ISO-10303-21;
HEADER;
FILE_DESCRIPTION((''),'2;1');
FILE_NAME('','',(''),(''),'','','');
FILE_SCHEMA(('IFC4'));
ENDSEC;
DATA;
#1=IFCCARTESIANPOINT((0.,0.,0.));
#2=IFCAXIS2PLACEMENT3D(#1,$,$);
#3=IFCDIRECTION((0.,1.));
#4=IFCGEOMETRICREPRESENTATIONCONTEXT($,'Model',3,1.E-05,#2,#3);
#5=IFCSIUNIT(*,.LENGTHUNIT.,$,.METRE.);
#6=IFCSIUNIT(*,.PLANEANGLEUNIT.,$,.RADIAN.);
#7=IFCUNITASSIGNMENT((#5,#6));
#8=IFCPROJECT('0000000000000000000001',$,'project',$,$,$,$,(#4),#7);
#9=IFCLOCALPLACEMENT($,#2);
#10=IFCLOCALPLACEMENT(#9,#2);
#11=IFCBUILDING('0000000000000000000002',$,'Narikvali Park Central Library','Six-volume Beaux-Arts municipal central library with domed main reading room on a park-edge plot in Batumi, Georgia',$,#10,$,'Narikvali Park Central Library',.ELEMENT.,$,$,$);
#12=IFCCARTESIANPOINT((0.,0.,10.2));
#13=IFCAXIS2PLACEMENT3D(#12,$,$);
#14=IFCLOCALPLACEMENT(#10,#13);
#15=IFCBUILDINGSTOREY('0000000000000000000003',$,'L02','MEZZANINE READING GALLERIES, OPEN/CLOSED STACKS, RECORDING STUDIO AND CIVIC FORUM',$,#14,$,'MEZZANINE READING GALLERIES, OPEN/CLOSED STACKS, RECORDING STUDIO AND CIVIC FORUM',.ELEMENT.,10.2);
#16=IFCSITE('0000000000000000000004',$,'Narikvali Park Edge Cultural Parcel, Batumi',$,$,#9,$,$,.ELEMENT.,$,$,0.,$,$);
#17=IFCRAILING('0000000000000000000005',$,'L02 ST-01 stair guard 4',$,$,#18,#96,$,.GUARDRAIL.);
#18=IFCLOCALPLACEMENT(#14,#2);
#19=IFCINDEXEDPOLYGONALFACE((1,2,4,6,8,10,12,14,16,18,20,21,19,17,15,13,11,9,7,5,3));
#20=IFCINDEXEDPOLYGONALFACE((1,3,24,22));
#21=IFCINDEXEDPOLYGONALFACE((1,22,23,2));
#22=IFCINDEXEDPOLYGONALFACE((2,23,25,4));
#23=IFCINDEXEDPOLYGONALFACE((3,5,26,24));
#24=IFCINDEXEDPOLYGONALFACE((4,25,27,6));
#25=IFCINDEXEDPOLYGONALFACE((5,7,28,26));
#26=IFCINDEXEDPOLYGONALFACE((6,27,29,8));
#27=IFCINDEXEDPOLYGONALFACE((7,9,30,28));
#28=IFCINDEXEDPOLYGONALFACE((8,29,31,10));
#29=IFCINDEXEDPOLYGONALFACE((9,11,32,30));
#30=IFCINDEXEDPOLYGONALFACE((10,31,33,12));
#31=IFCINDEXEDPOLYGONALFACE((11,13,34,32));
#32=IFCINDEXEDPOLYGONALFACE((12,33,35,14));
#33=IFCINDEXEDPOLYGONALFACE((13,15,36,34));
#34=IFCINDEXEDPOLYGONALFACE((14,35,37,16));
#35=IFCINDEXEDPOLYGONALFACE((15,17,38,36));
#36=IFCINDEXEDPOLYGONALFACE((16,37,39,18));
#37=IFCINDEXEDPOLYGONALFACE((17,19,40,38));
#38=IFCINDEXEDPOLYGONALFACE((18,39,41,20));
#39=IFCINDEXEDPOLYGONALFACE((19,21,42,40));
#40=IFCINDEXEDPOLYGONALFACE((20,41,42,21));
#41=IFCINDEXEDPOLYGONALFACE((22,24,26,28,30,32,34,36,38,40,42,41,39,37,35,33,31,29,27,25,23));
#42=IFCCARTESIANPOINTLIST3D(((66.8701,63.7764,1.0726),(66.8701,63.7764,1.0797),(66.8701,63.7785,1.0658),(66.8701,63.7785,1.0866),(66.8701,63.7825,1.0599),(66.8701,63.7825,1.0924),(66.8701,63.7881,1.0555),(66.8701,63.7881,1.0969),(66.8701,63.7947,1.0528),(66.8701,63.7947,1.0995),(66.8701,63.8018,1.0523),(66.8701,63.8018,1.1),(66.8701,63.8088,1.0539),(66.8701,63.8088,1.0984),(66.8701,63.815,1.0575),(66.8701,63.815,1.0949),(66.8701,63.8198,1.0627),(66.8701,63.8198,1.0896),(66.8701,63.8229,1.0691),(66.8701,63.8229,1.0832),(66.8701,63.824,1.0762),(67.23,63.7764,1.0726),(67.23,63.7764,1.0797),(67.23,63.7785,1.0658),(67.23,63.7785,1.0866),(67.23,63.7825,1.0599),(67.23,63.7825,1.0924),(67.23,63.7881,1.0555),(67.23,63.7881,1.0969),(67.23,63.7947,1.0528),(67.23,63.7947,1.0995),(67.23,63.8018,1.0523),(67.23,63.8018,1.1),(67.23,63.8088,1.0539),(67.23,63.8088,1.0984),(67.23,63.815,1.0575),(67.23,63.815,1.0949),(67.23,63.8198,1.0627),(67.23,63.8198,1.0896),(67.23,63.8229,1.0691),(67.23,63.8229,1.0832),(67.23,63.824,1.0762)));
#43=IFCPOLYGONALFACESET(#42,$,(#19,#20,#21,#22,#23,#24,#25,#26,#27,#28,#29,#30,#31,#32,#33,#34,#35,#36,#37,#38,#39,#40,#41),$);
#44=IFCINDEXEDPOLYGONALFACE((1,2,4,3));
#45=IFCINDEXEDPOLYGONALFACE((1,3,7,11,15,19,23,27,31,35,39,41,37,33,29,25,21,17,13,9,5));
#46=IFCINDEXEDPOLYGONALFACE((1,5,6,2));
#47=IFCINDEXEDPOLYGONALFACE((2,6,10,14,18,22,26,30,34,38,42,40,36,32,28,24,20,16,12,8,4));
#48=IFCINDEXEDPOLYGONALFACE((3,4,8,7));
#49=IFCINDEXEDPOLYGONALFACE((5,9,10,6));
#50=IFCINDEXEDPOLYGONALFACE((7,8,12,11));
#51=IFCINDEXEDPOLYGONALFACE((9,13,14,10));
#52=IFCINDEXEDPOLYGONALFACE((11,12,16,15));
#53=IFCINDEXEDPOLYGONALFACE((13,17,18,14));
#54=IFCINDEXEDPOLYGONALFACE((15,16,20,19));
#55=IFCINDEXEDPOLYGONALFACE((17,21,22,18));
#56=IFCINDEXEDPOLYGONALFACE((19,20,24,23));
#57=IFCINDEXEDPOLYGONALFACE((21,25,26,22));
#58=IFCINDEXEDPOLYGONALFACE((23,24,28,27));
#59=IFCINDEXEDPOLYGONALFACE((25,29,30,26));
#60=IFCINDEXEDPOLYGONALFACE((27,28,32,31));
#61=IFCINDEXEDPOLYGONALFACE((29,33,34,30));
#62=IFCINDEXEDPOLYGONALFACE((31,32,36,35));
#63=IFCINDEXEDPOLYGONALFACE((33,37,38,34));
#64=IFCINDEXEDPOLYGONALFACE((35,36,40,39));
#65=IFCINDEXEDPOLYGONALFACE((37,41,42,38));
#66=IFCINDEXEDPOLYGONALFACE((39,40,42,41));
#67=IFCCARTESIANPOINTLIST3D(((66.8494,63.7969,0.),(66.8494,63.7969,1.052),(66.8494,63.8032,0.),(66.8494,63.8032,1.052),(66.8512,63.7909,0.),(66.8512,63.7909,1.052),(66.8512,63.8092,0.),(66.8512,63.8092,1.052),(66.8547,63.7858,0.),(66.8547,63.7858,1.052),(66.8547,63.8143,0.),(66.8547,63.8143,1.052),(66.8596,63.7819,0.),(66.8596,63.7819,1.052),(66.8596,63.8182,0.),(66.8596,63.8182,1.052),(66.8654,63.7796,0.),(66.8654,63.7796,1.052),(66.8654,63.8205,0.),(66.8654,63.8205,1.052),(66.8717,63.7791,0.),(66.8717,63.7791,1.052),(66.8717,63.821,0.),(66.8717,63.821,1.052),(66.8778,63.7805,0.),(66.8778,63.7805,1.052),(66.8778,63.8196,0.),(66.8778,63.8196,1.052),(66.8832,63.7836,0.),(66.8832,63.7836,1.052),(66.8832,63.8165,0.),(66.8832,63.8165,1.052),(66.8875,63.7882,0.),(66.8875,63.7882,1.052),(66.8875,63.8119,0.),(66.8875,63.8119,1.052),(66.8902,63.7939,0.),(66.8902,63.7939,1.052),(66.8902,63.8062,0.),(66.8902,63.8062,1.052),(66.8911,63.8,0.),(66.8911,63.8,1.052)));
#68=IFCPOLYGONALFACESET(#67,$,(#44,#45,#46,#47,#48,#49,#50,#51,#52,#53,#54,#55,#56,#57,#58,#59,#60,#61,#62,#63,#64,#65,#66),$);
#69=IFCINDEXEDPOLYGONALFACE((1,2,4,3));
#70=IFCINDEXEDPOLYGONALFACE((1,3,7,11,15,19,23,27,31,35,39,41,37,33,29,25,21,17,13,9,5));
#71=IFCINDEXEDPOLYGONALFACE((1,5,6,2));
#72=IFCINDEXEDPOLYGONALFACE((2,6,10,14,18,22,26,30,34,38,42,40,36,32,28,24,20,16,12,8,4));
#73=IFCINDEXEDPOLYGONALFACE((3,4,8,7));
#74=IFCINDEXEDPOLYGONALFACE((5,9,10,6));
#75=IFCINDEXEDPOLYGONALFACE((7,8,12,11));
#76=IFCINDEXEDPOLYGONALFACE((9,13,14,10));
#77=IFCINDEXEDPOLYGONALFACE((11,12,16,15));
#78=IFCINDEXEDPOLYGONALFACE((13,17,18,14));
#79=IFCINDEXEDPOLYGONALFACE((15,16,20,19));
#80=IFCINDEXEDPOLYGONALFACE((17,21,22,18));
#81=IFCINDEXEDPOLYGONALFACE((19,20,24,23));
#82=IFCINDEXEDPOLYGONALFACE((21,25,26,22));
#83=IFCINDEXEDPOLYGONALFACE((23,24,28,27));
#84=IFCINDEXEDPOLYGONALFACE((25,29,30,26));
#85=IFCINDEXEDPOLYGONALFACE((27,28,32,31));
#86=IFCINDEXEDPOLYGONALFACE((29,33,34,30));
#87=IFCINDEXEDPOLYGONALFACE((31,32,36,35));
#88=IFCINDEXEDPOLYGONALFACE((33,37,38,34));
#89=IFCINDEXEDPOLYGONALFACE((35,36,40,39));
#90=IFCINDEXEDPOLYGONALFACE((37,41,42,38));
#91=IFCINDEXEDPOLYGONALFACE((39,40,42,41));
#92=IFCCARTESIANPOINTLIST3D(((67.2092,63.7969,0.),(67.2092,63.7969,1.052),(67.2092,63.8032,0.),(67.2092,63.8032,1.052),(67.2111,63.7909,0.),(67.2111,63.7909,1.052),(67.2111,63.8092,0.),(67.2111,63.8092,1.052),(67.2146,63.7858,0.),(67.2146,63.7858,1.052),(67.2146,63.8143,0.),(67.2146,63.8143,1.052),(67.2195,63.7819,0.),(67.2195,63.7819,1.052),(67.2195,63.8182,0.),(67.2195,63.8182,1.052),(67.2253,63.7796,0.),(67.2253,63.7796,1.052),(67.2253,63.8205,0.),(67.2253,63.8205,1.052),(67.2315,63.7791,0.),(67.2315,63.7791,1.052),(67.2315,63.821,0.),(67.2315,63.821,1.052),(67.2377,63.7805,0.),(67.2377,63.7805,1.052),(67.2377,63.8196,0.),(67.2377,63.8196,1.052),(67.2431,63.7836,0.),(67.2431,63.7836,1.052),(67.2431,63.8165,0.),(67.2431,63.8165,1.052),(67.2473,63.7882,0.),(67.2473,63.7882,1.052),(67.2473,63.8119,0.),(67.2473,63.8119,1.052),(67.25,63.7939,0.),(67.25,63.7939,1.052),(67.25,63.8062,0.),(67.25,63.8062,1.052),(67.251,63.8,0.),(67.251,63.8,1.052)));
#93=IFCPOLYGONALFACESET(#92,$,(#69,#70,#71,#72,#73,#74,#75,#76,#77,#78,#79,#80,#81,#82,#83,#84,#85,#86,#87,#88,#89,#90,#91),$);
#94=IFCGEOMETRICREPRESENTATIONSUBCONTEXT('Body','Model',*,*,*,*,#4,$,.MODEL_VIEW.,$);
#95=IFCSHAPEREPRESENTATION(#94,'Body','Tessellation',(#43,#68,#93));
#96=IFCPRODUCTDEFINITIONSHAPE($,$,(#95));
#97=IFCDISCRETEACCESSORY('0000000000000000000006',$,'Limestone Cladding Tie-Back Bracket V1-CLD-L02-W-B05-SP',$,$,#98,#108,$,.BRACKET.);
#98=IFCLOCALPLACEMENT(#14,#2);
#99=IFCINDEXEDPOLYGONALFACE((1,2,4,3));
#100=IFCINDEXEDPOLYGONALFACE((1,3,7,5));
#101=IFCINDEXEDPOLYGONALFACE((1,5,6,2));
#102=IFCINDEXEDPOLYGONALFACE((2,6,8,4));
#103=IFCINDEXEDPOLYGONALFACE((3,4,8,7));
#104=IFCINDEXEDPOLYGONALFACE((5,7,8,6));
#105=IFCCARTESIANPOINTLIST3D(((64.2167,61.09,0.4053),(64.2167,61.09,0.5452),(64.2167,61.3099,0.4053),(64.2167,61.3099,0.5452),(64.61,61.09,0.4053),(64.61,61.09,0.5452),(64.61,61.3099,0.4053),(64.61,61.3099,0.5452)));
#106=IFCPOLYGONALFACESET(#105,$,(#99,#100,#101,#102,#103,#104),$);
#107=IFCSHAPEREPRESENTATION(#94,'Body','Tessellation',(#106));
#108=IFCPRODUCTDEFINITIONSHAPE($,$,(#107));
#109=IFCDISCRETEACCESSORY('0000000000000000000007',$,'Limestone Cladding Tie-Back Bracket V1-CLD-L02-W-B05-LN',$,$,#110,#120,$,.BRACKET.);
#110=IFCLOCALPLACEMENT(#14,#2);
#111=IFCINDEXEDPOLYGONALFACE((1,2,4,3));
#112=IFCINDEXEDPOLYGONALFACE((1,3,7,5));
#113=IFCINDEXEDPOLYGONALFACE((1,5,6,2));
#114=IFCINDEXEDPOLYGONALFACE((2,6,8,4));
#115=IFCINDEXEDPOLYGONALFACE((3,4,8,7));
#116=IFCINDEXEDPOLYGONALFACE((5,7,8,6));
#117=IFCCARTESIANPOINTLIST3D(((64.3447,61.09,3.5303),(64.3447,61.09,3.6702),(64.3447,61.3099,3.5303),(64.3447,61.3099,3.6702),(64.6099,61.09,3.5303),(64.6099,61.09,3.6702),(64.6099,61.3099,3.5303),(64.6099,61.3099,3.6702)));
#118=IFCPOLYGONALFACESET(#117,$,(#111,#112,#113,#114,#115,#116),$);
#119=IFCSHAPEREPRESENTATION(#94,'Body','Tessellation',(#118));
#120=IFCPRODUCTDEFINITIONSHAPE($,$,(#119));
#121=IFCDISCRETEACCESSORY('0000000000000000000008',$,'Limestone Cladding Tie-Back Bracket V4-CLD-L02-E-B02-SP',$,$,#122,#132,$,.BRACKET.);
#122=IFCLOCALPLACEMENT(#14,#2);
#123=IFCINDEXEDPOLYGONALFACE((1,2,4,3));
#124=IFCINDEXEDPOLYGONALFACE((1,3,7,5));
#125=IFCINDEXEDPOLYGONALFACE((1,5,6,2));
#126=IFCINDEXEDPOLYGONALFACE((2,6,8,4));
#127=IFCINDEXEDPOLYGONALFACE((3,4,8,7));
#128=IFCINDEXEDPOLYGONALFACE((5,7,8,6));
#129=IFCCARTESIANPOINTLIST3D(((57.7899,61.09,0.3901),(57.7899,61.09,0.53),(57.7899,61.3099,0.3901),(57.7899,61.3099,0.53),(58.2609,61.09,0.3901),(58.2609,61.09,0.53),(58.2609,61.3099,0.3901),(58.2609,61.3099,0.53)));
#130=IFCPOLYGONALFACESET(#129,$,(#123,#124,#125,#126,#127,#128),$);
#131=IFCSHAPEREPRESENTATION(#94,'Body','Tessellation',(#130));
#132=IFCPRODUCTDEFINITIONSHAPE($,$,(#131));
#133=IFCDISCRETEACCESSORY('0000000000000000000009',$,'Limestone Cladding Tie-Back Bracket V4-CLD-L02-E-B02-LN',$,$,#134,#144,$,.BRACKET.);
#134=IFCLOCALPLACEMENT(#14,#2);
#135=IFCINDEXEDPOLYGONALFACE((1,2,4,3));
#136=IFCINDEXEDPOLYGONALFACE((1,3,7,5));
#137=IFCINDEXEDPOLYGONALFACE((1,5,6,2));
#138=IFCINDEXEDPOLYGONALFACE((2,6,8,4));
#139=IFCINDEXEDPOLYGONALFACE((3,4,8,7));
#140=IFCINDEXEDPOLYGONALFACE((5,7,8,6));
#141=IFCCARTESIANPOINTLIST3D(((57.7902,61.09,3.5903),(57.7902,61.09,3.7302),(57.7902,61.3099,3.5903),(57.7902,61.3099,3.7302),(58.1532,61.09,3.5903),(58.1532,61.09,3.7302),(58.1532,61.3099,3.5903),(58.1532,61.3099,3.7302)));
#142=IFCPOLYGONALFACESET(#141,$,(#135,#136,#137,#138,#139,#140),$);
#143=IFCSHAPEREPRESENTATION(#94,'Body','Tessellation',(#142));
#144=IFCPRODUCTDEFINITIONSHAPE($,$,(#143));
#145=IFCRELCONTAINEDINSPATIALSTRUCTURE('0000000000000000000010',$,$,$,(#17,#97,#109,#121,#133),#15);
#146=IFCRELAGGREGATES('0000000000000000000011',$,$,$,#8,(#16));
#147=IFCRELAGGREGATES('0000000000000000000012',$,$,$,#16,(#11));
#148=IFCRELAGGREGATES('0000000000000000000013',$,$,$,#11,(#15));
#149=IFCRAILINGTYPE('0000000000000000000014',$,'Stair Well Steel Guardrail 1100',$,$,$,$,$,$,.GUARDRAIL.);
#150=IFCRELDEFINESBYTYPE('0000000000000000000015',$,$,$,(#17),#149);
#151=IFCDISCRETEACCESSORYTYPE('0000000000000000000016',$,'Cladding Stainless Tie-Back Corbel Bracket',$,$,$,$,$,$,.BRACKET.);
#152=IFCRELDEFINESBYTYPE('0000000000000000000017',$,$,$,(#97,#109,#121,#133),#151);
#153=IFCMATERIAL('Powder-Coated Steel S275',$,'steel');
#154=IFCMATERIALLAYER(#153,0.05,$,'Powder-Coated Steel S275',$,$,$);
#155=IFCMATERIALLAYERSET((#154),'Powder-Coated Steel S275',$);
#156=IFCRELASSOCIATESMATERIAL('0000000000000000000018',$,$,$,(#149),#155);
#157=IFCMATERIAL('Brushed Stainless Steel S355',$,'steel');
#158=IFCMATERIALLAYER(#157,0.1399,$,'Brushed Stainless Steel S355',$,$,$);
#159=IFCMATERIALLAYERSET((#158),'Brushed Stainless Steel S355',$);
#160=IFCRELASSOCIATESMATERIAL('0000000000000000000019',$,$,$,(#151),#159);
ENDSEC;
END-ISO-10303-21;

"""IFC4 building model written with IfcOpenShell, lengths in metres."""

from ifc_helpers import new_model, si_unit, direction, frame, origin, origin_2d, place, context, subcontext, project, spatial, rectangle, circle, extrude, material, layer, layer_set, type_object, element, save


model = new_model("IFC4")

# Units and contexts
model_context = context("Model", 3, precision=1e-05, world=origin(), true_north=direction((0.0, 1.0)))
body_context = subcontext(model_context, "Body", "Model", "MODEL_VIEW")
ifc_project = project(units=[si_unit("LENGTHUNIT", "METRE"), si_unit("PLANEANGLEUNIT", "RADIAN")], contexts=[model_context])

# Site, building, storey
site_placement = place(None, origin())
site = spatial("IfcSite", under=ifc_project, at=site_placement, Name="Narikvali Park Edge Cultural Parcel, Batumi", CompositionType="ELEMENT", RefElevation=0.0)
building_placement = place(site_placement, origin())
building = spatial("IfcBuilding", under=site, at=building_placement, Name="Narikvali Park Central Library", Description="Six-volume Beaux-Arts municipal central library with domed main reading room on a park-edge plot in Batumi, Georgia", LongName="Narikvali Park Central Library", CompositionType="ELEMENT")
storey_placement = place(building_placement, frame((0.0, 0.0, 10.2)))
storey = spatial("IfcBuildingStorey", under=building, at=storey_placement, Name="L02", Description="MEZZANINE READING GALLERIES, OPEN/CLOSED STACKS, RECORDING STUDIO AND CIVIC FORUM", LongName="MEZZANINE READING GALLERIES, OPEN/CLOSED STACKS, RECORDING STUDIO AND CIVIC FORUM", CompositionType="ELEMENT", Elevation=10.2)

# Shared definitions
ifc_material_1 = material(Name="Brushed Stainless Steel S355", Category="steel")

# Railing
ifc_material_2 = material(Name="Powder-Coated Steel S275", Category="steel")
ifc_layer_1 = layer(ifc_material_2, 0.05, Name="Powder-Coated Steel S275")
ifc_layer_set_1 = layer_set([ifc_layer_1], Name="Powder-Coated Steel S275")
railing_type_1 = type_object("IfcRailingType", Name="Stair Well Steel Guardrail 1100", PredefinedType="GUARDRAIL", material=ifc_layer_set_1)
railing_1_placement = place(storey_placement, frame((66.8701, 63.8, 0.0)))
element("IfcRailing", 1, at=railing_1_placement, inside=storey, type_object=railing_type_1, Name="L02 ST-01 stair guard 4", PredefinedType="GUARDRAIL", context=body_context, shape_type="SweptSolid", body=[
    extrude(circle(Radius=0.0239, at=origin_2d()), frame((0.0, 0.0, 1.0762), z_axis=(1.0, 0.0, 0.0), x_axis=(0.0, 1.0, 0.0)), (0.0, 0.0, 1.0), 0.3599),
    extrude(circle(Radius=0.021, at=origin_2d()), origin(), (0.0, 0.0, 1.0), 1.052),
    extrude(circle(Radius=0.021, at=origin_2d()), frame((0.3599, 0.0, 0.0)), (0.0, 0.0, 1.0), 1.052),
])

# Discrete accessories
ifc_layer_2 = layer(ifc_material_1, 0.1399, Name="Brushed Stainless Steel S355")
ifc_layer_set_2 = layer_set([ifc_layer_2], Name="Brushed Stainless Steel S355")
discrete_accessory_type = type_object("IfcDiscreteAccessoryType", Name="Cladding Stainless Tie-Back Corbel Bracket", PredefinedType="BRACKET", material=ifc_layer_set_2)
discrete_accessory_1_placement = place(storey_placement, frame((64.4133, 61.2, 0.4053), z_axis=(0.0, 0.0, 1.0), x_axis=(1.0, 0.0, 0.0)))
element("IfcDiscreteAccessory", 2, at=discrete_accessory_1_placement, inside=storey, type_object=discrete_accessory_type, Name="Limestone Cladding Tie-Back Bracket V1-CLD-L02-W-B05-SP", PredefinedType="BRACKET", context=body_context, shape_type="SweptSolid", body=[
    extrude(rectangle(XDim=0.3933, YDim=0.22, at=origin_2d()), origin(), (0.0, 0.0, 1.0), 0.1399),
])
discrete_accessory_2_placement = place(storey_placement, frame((64.4773, 61.2, 3.5303), z_axis=(0.0, 0.0, 1.0), x_axis=(1.0, 0.0, 0.0)))
element("IfcDiscreteAccessory", 3, at=discrete_accessory_2_placement, inside=storey, type_object=discrete_accessory_type, Name="Limestone Cladding Tie-Back Bracket V1-CLD-L02-W-B05-LN", PredefinedType="BRACKET", context=body_context, shape_type="SweptSolid", body=[
    extrude(rectangle(XDim=0.2651, YDim=0.22, at=origin_2d()), origin(), (0.0, 0.0, 1.0), 0.1399),
])
discrete_accessory_3_placement = place(storey_placement, frame((58.0254, 61.2, 0.3901), z_axis=(0.0, 0.0, 1.0), x_axis=(1.0, 0.0, 0.0)))
element("IfcDiscreteAccessory", 4, at=discrete_accessory_3_placement, inside=storey, type_object=discrete_accessory_type, Name="Limestone Cladding Tie-Back Bracket V4-CLD-L02-E-B02-SP", PredefinedType="BRACKET", context=body_context, shape_type="SweptSolid", body=[
    extrude(rectangle(XDim=0.4709, YDim=0.22, at=origin_2d()), origin(), (0.0, 0.0, 1.0), 0.1399),
])
discrete_accessory_4_placement = place(storey_placement, frame((57.9717, 61.2, 3.5903), z_axis=(0.0, 0.0, 1.0), x_axis=(1.0, 0.0, 0.0)))
element("IfcDiscreteAccessory", 5, at=discrete_accessory_4_placement, inside=storey, type_object=discrete_accessory_type, Name="Limestone Cladding Tie-Back Bracket V4-CLD-L02-E-B02-LN", PredefinedType="BRACKET", context=body_context, shape_type="SweptSolid", body=[
    extrude(rectangle(XDim=0.363, YDim=0.22, at=origin_2d()), origin(), (0.0, 0.0, 1.0), 0.1399),
])

save(model, "model.ifc")
